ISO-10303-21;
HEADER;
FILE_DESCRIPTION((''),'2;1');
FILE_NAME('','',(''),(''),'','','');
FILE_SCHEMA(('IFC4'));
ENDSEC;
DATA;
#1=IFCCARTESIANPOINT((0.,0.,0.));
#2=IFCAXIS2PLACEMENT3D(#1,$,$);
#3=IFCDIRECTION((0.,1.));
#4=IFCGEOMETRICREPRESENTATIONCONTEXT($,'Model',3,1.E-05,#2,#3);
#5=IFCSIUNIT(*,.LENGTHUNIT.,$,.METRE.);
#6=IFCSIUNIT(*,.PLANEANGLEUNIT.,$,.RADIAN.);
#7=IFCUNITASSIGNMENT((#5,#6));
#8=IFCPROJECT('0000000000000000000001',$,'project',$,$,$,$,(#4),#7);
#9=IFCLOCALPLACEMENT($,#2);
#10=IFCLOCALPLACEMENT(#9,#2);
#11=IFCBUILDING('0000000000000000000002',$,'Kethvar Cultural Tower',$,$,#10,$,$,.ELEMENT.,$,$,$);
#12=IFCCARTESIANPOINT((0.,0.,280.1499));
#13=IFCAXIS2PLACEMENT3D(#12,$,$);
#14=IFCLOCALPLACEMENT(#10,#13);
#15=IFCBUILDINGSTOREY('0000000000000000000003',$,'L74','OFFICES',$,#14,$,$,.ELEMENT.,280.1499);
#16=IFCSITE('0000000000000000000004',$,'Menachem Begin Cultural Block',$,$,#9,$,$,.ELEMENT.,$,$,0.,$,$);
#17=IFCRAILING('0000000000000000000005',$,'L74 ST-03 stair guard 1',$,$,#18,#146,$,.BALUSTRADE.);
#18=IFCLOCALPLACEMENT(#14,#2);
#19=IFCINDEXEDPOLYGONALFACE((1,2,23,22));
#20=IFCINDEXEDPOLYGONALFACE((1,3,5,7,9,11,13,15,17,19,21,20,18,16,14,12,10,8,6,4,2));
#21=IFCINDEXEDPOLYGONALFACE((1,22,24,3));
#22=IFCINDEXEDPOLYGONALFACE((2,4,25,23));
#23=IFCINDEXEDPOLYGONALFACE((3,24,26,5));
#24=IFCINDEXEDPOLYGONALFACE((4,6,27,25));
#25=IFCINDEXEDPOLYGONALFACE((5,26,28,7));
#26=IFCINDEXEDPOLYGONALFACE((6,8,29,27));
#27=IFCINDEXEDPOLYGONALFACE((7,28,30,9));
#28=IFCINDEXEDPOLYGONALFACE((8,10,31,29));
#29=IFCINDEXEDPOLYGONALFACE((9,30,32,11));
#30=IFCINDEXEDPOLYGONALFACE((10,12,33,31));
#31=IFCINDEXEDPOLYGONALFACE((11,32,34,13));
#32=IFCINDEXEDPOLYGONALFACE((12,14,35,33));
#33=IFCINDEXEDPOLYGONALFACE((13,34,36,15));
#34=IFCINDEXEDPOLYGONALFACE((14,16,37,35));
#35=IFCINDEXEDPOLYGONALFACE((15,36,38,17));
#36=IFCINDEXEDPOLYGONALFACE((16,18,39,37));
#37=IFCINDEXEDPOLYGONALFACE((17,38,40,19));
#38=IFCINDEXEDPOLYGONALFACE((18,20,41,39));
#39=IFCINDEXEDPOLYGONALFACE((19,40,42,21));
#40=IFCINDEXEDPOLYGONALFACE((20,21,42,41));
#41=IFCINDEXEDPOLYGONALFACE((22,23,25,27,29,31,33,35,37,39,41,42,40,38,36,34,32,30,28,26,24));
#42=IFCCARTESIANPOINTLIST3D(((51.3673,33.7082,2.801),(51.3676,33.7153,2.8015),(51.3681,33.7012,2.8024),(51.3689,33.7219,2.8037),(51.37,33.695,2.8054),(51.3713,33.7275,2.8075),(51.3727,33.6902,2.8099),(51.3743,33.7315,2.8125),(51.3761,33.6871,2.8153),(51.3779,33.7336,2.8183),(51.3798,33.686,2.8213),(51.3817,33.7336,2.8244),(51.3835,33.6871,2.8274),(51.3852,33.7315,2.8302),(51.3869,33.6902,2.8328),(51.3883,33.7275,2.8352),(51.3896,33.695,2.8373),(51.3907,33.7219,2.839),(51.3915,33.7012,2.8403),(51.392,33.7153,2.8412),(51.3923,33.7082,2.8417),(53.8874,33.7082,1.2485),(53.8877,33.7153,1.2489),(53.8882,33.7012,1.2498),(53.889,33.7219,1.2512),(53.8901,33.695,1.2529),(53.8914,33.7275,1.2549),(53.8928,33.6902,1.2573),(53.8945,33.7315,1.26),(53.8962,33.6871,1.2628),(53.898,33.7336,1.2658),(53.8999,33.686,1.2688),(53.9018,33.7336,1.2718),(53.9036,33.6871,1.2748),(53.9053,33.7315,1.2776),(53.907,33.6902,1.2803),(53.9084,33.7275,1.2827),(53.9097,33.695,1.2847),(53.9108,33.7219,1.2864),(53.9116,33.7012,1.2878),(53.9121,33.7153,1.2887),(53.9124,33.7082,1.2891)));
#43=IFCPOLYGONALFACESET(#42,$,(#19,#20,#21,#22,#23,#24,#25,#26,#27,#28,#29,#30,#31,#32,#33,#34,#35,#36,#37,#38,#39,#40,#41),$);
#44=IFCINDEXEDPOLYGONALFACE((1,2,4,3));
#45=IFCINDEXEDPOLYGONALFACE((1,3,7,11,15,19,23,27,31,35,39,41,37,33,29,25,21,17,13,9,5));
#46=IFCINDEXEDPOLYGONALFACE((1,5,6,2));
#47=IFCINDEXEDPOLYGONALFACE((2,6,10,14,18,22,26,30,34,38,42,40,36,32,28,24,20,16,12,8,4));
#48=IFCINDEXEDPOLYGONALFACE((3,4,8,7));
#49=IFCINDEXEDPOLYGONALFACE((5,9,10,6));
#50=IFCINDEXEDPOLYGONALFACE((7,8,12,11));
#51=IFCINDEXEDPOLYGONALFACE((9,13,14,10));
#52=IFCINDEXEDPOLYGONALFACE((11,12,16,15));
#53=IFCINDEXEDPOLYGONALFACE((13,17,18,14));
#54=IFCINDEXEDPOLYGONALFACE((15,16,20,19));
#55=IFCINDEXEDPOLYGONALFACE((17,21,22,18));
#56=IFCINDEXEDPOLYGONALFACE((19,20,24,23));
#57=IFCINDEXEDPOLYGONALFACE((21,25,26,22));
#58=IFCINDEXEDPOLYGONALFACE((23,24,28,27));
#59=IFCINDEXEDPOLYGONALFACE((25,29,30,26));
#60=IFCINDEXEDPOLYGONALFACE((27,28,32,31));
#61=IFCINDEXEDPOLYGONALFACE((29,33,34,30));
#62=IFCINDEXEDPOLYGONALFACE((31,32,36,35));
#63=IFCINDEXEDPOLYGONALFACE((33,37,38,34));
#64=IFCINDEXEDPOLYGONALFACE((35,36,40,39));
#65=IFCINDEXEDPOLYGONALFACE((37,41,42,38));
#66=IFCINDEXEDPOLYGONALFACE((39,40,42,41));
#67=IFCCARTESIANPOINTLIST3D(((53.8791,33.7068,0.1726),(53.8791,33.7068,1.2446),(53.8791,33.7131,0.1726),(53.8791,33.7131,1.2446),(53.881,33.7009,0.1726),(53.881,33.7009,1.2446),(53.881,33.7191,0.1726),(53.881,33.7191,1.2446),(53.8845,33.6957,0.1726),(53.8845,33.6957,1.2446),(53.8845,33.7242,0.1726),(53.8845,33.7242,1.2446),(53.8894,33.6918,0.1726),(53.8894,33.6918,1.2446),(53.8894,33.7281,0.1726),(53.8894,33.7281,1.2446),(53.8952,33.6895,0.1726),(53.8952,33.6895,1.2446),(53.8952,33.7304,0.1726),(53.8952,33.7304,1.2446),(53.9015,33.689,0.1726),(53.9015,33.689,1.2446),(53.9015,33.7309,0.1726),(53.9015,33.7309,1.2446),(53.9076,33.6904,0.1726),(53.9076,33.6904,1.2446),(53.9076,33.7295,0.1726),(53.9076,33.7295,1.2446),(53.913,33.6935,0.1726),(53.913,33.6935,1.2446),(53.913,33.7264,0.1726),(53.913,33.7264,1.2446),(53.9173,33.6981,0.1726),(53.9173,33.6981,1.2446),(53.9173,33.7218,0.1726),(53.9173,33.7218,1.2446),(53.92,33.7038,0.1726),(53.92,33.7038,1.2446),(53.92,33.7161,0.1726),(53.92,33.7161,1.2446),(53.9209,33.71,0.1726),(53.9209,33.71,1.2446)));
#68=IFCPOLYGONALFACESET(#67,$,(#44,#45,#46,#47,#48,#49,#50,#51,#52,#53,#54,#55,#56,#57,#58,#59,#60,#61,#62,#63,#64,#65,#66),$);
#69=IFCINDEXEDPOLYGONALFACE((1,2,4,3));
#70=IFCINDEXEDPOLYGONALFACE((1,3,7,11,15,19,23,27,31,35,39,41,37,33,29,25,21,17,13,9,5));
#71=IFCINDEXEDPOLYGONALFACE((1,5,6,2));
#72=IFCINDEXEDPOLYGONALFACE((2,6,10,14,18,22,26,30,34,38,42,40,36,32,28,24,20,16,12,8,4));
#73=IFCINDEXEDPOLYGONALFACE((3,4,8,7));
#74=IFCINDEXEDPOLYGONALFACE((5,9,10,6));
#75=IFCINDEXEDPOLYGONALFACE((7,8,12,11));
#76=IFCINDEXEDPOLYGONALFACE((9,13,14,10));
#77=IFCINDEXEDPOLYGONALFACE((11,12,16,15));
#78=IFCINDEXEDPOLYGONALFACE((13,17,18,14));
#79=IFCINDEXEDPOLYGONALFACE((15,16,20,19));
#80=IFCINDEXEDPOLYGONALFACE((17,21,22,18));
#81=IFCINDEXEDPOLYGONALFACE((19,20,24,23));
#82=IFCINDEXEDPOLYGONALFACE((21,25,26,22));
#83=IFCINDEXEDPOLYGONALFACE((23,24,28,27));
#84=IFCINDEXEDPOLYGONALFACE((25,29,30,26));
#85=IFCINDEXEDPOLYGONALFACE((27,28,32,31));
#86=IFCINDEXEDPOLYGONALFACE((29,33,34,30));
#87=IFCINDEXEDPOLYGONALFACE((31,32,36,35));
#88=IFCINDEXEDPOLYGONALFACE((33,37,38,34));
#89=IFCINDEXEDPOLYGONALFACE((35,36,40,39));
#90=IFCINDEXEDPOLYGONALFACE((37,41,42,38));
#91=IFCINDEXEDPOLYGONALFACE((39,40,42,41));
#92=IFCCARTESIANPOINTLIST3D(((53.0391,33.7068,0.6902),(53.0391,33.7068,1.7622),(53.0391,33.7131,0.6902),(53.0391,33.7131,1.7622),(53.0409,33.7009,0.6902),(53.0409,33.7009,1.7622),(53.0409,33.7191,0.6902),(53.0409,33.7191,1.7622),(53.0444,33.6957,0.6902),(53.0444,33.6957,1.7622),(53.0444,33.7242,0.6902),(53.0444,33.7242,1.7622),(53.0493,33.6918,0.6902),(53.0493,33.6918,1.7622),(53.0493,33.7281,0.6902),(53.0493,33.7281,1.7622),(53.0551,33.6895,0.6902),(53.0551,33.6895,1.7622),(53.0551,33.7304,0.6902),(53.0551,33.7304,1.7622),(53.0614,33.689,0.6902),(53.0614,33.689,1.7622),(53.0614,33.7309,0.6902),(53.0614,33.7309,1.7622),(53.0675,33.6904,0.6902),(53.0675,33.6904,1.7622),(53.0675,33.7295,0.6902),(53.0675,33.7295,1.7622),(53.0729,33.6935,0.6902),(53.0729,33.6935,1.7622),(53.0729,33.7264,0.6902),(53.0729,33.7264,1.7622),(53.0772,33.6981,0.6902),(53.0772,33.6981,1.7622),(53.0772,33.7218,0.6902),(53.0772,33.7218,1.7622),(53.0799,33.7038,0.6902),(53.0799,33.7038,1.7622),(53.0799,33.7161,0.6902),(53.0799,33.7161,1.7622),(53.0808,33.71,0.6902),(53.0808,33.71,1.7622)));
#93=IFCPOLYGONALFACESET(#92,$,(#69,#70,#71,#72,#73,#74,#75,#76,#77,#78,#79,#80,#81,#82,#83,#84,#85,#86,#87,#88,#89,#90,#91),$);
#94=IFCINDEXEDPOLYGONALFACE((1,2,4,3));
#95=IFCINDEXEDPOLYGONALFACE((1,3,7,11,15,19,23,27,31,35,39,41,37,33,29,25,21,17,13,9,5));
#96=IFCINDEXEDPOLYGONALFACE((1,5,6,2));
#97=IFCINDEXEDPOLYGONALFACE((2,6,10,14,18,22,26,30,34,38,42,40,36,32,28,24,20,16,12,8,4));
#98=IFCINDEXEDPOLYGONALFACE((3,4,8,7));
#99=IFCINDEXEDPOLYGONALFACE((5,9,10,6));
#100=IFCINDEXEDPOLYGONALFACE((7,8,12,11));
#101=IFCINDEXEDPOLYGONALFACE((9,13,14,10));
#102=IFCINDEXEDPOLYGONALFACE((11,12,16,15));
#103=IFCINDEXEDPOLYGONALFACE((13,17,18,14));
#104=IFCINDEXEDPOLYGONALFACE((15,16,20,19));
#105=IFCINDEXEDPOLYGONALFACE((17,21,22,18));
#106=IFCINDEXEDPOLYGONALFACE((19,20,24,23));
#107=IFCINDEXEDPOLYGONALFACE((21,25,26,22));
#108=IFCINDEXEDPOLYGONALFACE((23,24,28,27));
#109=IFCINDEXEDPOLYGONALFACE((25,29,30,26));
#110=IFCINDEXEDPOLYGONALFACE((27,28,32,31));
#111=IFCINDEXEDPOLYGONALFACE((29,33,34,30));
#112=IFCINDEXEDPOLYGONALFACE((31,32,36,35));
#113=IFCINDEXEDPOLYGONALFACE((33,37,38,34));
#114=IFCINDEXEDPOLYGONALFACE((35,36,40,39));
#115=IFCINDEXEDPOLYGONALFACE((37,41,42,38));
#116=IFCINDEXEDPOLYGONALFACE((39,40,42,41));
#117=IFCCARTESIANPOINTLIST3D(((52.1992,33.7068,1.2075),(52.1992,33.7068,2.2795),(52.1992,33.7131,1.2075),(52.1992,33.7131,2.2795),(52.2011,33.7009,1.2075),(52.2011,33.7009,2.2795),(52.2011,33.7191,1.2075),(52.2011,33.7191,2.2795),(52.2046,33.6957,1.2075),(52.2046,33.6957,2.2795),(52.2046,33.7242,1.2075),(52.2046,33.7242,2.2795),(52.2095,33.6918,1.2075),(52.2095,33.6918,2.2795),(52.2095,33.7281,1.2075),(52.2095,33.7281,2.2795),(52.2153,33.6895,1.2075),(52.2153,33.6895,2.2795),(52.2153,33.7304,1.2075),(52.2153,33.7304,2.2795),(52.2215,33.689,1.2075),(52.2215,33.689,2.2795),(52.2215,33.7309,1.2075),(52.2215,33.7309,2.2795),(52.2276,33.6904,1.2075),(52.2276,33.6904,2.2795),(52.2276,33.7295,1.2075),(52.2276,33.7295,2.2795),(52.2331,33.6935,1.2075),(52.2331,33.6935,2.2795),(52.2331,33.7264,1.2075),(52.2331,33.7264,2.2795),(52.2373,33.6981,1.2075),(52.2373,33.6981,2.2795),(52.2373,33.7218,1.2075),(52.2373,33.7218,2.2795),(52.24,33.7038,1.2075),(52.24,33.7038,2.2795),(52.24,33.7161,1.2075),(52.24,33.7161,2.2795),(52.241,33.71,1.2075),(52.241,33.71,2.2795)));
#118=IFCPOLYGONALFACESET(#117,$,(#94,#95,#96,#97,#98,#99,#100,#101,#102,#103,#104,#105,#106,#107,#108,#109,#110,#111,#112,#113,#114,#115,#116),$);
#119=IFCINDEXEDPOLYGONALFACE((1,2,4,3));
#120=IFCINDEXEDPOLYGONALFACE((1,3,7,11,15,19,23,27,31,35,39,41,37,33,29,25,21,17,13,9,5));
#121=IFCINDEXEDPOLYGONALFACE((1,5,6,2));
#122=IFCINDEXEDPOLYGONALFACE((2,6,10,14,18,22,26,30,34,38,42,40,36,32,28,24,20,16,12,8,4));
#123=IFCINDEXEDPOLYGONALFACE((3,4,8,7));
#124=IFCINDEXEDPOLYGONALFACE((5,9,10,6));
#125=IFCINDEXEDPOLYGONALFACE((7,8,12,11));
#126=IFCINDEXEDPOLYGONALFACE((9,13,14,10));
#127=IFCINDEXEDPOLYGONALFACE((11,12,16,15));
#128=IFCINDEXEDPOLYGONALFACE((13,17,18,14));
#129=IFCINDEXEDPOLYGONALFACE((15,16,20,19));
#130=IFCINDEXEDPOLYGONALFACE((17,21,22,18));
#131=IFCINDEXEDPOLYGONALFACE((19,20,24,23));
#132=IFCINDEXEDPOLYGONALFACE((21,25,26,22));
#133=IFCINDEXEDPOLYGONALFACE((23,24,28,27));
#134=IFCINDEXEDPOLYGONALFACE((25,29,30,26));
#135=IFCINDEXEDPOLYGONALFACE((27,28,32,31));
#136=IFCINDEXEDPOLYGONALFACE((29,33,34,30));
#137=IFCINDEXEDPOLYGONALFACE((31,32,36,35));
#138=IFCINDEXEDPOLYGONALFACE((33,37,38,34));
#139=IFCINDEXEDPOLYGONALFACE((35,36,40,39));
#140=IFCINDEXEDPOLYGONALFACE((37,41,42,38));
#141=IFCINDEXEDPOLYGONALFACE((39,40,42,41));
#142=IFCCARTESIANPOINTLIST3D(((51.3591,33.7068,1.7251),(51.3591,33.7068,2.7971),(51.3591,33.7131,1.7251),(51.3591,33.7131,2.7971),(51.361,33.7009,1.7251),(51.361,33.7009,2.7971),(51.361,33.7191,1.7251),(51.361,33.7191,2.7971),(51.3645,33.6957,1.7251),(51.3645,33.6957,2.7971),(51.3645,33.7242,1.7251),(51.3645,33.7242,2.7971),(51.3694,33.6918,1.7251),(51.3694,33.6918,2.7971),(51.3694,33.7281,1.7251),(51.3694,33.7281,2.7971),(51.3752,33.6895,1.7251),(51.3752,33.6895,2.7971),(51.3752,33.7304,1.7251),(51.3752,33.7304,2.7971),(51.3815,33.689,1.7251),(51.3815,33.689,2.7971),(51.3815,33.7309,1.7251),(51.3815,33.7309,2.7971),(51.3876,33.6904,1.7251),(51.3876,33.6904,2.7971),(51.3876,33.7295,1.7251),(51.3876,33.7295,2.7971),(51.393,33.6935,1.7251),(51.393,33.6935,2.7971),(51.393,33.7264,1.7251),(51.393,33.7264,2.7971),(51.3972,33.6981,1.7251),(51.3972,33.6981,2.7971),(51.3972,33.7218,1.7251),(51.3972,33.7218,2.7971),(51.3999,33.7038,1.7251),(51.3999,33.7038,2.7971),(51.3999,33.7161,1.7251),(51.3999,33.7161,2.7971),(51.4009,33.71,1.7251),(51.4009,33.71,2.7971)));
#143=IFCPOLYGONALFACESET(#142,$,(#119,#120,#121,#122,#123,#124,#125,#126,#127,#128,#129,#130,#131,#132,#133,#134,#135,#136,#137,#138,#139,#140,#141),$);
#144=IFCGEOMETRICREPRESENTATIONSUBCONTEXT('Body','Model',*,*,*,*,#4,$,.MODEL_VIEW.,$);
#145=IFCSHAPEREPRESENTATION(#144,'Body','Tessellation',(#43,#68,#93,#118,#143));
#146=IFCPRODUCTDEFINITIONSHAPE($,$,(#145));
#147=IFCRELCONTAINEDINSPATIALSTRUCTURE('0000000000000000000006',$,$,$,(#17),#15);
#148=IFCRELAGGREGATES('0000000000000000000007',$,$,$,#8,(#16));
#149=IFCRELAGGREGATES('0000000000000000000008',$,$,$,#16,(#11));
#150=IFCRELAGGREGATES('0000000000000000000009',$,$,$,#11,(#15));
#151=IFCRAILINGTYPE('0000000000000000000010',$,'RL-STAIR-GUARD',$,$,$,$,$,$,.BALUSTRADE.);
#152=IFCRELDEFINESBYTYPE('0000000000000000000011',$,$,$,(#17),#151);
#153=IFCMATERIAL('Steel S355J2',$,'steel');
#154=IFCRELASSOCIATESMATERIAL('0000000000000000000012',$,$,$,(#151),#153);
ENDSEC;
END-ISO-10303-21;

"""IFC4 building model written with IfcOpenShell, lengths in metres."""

from ifc_helpers import new_model, si_unit, direction, frame, origin, origin_2d, place, context, subcontext, project, spatial, circle, extrude, material, type_object, element, save


model = new_model("IFC4")

# Units and contexts
model_context = context("Model", 3, precision=1e-05, world=origin(), true_north=direction((0.0, 1.0)))
body_context = subcontext(model_context, "Body", "Model", "MODEL_VIEW")
ifc_project = project(units=[si_unit("LENGTHUNIT", "METRE"), si_unit("PLANEANGLEUNIT", "RADIAN")], contexts=[model_context])

# Site, building, storey
site_placement = place(None, origin())
site = spatial("IfcSite", under=ifc_project, at=site_placement, Name="Menachem Begin Cultural Block", CompositionType="ELEMENT", RefElevation=0.0)
building_placement = place(site_placement, origin())
building = spatial("IfcBuilding", under=site, at=building_placement, Name="Kethvar Cultural Tower", CompositionType="ELEMENT")
storey_placement = place(building_placement, frame((0.0, 0.0, 280.1499)))
storey = spatial("IfcBuildingStorey", under=building, at=storey_placement, Name="L74", Description="OFFICES", CompositionType="ELEMENT", Elevation=280.1499)

# Shared definitions
ifc_material_1 = material(Name="Steel S355J2", Category="steel")

# Railing
railing_type_1 = type_object("IfcRailingType", Name="RL-STAIR-GUARD", PredefinedType="BALUSTRADE", material=ifc_material_1)
railing_1_placement = place(storey_placement, frame((53.8999, 33.71, 0.1726)))
element("IfcRailing", 1, at=railing_1_placement, inside=storey, type_object=railing_type_1, Name="L74 ST-03 stair guard 1", PredefinedType="BALUSTRADE", context=body_context, shape_type="SweptSolid", body=[
    extrude(circle(Radius=0.0239, at=origin_2d()), frame((0.0, 0.0, 1.0962), z_axis=(-0.8514, 0.0, 0.524516), x_axis=(0.0, -1.0, 0.0)), (0.0, 0.0, 1.0), 2.96),
    extrude(circle(Radius=0.021, at=origin_2d()), origin(), (0.0, 0.0, 1.0), 1.072),
    extrude(circle(Radius=0.021, at=origin_2d()), frame((-0.8401, 0.0, 0.5176)), (0.0, 0.0, 1.0), 1.072),
    extrude(circle(Radius=0.021, at=origin_2d()), frame((-1.6799, 0.0, 1.0349)), (0.0, 0.0, 1.0), 1.072),
    extrude(circle(Radius=0.021, at=origin_2d()), frame((-2.52, 0.0, 1.5525)), (0.0, 0.0, 1.0), 1.072),
])

save(model, "model.ifc")
